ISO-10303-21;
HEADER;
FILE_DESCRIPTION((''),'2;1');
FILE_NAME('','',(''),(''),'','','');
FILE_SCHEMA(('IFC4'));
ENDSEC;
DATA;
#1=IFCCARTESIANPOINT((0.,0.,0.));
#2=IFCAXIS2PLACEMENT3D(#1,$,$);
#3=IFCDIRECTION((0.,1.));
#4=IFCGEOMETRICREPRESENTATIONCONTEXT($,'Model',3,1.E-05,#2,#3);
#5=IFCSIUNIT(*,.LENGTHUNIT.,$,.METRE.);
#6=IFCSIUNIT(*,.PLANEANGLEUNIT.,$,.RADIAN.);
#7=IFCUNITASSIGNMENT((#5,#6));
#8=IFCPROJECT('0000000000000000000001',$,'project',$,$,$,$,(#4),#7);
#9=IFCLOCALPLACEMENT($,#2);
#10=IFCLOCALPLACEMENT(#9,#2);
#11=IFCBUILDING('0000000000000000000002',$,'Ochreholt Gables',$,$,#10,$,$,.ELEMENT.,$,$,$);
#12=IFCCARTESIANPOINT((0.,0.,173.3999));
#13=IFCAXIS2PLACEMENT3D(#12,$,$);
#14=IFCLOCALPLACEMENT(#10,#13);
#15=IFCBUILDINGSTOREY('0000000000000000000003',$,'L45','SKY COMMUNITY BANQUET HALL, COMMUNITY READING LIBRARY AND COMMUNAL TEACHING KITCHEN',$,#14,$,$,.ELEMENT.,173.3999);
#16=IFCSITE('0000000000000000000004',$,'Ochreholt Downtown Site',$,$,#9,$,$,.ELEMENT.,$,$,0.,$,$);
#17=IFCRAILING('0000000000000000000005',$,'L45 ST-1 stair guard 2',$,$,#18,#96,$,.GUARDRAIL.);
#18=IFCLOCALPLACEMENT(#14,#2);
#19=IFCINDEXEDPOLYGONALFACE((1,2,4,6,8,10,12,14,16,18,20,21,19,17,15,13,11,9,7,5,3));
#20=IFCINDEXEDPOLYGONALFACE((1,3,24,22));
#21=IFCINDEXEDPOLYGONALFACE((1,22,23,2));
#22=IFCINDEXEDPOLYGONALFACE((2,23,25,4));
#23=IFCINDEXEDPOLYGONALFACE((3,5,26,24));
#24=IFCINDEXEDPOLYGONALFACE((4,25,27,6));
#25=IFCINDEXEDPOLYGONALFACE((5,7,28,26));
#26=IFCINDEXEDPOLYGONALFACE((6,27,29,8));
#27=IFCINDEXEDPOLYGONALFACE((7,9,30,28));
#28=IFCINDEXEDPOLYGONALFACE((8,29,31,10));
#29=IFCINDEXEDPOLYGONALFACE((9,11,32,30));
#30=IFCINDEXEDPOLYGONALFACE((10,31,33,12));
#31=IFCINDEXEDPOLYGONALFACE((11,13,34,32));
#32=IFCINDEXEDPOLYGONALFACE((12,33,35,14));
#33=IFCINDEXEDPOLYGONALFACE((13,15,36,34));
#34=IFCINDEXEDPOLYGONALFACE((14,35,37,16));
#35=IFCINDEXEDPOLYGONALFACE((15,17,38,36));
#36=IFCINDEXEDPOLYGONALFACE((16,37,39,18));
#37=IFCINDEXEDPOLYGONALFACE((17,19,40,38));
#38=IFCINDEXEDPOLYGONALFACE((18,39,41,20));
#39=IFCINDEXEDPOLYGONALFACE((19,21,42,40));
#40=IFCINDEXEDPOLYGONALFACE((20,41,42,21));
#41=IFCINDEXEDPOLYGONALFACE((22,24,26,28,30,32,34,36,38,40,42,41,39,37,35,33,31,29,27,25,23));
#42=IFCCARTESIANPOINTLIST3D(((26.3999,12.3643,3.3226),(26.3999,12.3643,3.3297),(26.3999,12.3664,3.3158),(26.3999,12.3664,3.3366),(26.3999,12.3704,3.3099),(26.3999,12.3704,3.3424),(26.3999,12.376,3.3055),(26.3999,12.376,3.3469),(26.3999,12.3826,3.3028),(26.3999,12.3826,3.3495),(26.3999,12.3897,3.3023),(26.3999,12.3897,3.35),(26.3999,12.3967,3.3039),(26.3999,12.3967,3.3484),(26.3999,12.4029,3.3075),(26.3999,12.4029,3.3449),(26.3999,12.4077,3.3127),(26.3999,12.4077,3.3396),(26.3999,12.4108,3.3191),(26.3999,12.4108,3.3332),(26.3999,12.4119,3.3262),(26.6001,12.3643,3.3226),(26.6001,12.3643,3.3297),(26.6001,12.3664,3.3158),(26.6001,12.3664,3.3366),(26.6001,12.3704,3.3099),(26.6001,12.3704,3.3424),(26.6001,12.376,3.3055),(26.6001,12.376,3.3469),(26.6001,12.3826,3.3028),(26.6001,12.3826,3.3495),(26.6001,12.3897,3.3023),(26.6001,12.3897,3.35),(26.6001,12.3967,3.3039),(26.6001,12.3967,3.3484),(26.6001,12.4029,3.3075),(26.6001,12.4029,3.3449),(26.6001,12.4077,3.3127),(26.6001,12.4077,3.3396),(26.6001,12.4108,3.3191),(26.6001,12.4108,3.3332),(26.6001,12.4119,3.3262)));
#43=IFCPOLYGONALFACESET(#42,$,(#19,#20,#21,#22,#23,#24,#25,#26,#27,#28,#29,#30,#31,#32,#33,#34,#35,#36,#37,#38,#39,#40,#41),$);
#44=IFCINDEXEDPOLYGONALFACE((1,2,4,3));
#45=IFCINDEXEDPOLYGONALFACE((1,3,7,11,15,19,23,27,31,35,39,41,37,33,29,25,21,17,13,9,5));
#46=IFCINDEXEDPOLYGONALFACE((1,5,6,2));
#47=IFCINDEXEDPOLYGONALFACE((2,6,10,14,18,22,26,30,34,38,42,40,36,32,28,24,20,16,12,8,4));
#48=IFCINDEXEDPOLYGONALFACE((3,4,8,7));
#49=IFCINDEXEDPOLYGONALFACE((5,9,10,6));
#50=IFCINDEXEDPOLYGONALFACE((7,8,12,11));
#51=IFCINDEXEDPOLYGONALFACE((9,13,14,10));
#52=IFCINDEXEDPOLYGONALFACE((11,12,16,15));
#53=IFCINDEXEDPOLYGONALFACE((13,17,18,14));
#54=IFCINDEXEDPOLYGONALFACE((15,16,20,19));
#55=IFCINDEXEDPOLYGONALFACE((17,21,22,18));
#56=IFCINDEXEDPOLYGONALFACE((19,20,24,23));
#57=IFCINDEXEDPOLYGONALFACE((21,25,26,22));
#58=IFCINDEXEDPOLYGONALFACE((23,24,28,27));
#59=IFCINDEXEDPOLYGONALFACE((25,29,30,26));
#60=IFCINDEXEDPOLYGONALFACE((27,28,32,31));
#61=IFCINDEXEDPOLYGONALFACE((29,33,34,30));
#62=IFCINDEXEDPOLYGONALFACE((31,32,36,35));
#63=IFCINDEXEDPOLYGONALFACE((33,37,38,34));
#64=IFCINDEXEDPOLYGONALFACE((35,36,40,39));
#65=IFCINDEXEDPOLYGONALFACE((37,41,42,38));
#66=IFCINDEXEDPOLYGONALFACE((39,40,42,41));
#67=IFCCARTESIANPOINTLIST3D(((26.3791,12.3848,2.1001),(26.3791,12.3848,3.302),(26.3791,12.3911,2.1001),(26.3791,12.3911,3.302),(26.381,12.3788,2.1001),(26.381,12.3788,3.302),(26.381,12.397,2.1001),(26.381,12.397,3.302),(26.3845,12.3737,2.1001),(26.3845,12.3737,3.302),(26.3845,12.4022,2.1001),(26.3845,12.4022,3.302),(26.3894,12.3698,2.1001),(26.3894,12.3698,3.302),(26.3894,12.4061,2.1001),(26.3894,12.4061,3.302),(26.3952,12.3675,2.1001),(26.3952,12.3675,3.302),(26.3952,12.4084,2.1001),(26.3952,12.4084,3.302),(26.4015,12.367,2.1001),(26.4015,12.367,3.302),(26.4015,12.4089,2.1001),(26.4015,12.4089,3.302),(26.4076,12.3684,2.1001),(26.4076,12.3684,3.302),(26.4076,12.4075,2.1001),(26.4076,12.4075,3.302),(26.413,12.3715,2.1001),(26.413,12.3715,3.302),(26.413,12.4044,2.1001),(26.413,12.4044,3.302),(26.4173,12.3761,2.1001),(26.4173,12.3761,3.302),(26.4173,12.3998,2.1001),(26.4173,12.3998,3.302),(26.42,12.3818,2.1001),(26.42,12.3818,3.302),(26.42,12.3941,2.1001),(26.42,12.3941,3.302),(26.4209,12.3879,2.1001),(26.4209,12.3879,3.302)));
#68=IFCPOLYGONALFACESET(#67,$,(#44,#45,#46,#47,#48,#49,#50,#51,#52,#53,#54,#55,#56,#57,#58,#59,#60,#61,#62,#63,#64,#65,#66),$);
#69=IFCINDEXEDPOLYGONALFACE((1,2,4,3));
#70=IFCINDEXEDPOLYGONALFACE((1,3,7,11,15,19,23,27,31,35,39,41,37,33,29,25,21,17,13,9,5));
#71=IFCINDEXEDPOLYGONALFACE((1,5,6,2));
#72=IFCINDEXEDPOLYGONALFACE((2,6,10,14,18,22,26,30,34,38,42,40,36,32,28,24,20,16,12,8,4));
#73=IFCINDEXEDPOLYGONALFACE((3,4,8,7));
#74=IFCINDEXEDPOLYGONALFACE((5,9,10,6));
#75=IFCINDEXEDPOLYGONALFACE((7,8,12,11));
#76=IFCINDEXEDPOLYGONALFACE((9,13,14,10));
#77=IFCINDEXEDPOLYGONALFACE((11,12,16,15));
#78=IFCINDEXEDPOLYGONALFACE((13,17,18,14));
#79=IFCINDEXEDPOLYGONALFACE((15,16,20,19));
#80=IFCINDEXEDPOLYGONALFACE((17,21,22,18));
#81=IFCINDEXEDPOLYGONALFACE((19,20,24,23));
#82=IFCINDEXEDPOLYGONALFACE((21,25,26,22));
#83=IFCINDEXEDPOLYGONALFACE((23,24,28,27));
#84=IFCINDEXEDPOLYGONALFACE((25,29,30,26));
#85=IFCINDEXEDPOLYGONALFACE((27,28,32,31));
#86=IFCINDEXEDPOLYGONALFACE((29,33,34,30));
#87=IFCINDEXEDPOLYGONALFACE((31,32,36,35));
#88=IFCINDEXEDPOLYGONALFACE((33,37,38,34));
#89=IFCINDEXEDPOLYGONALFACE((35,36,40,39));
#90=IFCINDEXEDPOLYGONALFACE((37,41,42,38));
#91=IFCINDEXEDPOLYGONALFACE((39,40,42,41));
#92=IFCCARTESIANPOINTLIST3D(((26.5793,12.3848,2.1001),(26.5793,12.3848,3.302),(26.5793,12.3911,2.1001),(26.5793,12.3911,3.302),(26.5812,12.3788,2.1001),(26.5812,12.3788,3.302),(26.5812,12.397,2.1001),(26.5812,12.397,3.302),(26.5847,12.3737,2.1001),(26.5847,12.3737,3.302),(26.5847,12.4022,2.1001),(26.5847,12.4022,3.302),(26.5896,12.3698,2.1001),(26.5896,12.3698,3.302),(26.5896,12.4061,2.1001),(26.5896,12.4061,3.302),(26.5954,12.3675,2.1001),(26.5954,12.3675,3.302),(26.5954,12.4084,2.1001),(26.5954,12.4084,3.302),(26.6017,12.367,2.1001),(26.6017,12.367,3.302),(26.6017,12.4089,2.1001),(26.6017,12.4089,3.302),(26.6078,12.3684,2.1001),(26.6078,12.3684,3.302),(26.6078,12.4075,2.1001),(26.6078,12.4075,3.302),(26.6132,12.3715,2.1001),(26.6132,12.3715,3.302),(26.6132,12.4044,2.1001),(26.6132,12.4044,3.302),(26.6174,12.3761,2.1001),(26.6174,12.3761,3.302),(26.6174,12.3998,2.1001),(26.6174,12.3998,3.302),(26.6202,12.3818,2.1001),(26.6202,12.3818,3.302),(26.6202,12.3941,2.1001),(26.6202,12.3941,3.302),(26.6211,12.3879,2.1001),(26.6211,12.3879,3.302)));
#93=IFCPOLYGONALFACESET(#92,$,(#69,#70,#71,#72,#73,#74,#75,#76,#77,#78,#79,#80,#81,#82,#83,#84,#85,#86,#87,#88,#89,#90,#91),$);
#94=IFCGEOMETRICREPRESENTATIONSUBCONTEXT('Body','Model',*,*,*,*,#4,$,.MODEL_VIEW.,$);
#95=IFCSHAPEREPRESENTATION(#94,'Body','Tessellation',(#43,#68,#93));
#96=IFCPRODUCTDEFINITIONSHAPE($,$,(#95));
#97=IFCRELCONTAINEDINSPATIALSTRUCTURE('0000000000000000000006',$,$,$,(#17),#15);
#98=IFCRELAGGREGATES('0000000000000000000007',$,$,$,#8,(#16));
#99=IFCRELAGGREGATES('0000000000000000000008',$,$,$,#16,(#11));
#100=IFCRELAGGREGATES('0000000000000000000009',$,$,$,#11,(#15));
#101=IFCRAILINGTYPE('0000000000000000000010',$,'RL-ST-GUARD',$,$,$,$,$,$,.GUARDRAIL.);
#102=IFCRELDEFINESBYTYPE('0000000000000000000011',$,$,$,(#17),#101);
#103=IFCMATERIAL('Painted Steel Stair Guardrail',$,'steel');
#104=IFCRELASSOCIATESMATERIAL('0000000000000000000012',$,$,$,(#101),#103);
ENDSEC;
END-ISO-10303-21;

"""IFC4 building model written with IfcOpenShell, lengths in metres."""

from ifc_helpers import new_model, si_unit, direction, frame, origin, origin_2d, place, context, subcontext, project, spatial, circle, extrude, material, type_object, element, save


model = new_model("IFC4")

# Units and contexts
model_context = context("Model", 3, precision=1e-05, world=origin(), true_north=direction((0.0, 1.0)))
body_context = subcontext(model_context, "Body", "Model", "MODEL_VIEW")
ifc_project = project(units=[si_unit("LENGTHUNIT", "METRE"), si_unit("PLANEANGLEUNIT", "RADIAN")], contexts=[model_context])

# Site, building, storey
site_placement = place(None, origin())
site = spatial("IfcSite", under=ifc_project, at=site_placement, Name="Ochreholt Downtown Site", CompositionType="ELEMENT", RefElevation=0.0)
building_placement = place(site_placement, origin())
building = spatial("IfcBuilding", under=site, at=building_placement, Name="Ochreholt Gables", CompositionType="ELEMENT")
storey_placement = place(building_placement, frame((0.0, 0.0, 173.3999)))
storey = spatial("IfcBuildingStorey", under=building, at=storey_placement, Name="L45", Description="SKY COMMUNITY BANQUET HALL, COMMUNITY READING LIBRARY AND COMMUNAL TEACHING KITCHEN", CompositionType="ELEMENT", Elevation=173.3999)

# Railing
ifc_material_1 = material(Name="Painted Steel Stair Guardrail", Category="steel")
railing_type_1 = type_object("IfcRailingType", Name="RL-ST-GUARD", PredefinedType="GUARDRAIL", material=ifc_material_1)
railing_1_placement = place(storey_placement, frame((26.3999, 12.3879, 2.1001)))
element("IfcRailing", 1, at=railing_1_placement, inside=storey, type_object=railing_type_1, Name="L45 ST-1 stair guard 2", PredefinedType="GUARDRAIL", context=body_context, shape_type="SweptSolid", body=[
    extrude(circle(Radius=0.0239, at=origin_2d()), frame((0.0, 0.0, 1.2261), z_axis=(1.0, 0.0, 0.0), x_axis=(0.0, 1.0, 0.0)), (0.0, 0.0, 1.0), 0.2002),
    extrude(circle(Radius=0.021, at=origin_2d()), origin(), (0.0, 0.0, 1.0), 1.2019),
    extrude(circle(Radius=0.021, at=origin_2d()), frame((0.2002, 0.0, 0.0)), (0.0, 0.0, 1.0), 1.2019),
])

save(model, "model.ifc")
